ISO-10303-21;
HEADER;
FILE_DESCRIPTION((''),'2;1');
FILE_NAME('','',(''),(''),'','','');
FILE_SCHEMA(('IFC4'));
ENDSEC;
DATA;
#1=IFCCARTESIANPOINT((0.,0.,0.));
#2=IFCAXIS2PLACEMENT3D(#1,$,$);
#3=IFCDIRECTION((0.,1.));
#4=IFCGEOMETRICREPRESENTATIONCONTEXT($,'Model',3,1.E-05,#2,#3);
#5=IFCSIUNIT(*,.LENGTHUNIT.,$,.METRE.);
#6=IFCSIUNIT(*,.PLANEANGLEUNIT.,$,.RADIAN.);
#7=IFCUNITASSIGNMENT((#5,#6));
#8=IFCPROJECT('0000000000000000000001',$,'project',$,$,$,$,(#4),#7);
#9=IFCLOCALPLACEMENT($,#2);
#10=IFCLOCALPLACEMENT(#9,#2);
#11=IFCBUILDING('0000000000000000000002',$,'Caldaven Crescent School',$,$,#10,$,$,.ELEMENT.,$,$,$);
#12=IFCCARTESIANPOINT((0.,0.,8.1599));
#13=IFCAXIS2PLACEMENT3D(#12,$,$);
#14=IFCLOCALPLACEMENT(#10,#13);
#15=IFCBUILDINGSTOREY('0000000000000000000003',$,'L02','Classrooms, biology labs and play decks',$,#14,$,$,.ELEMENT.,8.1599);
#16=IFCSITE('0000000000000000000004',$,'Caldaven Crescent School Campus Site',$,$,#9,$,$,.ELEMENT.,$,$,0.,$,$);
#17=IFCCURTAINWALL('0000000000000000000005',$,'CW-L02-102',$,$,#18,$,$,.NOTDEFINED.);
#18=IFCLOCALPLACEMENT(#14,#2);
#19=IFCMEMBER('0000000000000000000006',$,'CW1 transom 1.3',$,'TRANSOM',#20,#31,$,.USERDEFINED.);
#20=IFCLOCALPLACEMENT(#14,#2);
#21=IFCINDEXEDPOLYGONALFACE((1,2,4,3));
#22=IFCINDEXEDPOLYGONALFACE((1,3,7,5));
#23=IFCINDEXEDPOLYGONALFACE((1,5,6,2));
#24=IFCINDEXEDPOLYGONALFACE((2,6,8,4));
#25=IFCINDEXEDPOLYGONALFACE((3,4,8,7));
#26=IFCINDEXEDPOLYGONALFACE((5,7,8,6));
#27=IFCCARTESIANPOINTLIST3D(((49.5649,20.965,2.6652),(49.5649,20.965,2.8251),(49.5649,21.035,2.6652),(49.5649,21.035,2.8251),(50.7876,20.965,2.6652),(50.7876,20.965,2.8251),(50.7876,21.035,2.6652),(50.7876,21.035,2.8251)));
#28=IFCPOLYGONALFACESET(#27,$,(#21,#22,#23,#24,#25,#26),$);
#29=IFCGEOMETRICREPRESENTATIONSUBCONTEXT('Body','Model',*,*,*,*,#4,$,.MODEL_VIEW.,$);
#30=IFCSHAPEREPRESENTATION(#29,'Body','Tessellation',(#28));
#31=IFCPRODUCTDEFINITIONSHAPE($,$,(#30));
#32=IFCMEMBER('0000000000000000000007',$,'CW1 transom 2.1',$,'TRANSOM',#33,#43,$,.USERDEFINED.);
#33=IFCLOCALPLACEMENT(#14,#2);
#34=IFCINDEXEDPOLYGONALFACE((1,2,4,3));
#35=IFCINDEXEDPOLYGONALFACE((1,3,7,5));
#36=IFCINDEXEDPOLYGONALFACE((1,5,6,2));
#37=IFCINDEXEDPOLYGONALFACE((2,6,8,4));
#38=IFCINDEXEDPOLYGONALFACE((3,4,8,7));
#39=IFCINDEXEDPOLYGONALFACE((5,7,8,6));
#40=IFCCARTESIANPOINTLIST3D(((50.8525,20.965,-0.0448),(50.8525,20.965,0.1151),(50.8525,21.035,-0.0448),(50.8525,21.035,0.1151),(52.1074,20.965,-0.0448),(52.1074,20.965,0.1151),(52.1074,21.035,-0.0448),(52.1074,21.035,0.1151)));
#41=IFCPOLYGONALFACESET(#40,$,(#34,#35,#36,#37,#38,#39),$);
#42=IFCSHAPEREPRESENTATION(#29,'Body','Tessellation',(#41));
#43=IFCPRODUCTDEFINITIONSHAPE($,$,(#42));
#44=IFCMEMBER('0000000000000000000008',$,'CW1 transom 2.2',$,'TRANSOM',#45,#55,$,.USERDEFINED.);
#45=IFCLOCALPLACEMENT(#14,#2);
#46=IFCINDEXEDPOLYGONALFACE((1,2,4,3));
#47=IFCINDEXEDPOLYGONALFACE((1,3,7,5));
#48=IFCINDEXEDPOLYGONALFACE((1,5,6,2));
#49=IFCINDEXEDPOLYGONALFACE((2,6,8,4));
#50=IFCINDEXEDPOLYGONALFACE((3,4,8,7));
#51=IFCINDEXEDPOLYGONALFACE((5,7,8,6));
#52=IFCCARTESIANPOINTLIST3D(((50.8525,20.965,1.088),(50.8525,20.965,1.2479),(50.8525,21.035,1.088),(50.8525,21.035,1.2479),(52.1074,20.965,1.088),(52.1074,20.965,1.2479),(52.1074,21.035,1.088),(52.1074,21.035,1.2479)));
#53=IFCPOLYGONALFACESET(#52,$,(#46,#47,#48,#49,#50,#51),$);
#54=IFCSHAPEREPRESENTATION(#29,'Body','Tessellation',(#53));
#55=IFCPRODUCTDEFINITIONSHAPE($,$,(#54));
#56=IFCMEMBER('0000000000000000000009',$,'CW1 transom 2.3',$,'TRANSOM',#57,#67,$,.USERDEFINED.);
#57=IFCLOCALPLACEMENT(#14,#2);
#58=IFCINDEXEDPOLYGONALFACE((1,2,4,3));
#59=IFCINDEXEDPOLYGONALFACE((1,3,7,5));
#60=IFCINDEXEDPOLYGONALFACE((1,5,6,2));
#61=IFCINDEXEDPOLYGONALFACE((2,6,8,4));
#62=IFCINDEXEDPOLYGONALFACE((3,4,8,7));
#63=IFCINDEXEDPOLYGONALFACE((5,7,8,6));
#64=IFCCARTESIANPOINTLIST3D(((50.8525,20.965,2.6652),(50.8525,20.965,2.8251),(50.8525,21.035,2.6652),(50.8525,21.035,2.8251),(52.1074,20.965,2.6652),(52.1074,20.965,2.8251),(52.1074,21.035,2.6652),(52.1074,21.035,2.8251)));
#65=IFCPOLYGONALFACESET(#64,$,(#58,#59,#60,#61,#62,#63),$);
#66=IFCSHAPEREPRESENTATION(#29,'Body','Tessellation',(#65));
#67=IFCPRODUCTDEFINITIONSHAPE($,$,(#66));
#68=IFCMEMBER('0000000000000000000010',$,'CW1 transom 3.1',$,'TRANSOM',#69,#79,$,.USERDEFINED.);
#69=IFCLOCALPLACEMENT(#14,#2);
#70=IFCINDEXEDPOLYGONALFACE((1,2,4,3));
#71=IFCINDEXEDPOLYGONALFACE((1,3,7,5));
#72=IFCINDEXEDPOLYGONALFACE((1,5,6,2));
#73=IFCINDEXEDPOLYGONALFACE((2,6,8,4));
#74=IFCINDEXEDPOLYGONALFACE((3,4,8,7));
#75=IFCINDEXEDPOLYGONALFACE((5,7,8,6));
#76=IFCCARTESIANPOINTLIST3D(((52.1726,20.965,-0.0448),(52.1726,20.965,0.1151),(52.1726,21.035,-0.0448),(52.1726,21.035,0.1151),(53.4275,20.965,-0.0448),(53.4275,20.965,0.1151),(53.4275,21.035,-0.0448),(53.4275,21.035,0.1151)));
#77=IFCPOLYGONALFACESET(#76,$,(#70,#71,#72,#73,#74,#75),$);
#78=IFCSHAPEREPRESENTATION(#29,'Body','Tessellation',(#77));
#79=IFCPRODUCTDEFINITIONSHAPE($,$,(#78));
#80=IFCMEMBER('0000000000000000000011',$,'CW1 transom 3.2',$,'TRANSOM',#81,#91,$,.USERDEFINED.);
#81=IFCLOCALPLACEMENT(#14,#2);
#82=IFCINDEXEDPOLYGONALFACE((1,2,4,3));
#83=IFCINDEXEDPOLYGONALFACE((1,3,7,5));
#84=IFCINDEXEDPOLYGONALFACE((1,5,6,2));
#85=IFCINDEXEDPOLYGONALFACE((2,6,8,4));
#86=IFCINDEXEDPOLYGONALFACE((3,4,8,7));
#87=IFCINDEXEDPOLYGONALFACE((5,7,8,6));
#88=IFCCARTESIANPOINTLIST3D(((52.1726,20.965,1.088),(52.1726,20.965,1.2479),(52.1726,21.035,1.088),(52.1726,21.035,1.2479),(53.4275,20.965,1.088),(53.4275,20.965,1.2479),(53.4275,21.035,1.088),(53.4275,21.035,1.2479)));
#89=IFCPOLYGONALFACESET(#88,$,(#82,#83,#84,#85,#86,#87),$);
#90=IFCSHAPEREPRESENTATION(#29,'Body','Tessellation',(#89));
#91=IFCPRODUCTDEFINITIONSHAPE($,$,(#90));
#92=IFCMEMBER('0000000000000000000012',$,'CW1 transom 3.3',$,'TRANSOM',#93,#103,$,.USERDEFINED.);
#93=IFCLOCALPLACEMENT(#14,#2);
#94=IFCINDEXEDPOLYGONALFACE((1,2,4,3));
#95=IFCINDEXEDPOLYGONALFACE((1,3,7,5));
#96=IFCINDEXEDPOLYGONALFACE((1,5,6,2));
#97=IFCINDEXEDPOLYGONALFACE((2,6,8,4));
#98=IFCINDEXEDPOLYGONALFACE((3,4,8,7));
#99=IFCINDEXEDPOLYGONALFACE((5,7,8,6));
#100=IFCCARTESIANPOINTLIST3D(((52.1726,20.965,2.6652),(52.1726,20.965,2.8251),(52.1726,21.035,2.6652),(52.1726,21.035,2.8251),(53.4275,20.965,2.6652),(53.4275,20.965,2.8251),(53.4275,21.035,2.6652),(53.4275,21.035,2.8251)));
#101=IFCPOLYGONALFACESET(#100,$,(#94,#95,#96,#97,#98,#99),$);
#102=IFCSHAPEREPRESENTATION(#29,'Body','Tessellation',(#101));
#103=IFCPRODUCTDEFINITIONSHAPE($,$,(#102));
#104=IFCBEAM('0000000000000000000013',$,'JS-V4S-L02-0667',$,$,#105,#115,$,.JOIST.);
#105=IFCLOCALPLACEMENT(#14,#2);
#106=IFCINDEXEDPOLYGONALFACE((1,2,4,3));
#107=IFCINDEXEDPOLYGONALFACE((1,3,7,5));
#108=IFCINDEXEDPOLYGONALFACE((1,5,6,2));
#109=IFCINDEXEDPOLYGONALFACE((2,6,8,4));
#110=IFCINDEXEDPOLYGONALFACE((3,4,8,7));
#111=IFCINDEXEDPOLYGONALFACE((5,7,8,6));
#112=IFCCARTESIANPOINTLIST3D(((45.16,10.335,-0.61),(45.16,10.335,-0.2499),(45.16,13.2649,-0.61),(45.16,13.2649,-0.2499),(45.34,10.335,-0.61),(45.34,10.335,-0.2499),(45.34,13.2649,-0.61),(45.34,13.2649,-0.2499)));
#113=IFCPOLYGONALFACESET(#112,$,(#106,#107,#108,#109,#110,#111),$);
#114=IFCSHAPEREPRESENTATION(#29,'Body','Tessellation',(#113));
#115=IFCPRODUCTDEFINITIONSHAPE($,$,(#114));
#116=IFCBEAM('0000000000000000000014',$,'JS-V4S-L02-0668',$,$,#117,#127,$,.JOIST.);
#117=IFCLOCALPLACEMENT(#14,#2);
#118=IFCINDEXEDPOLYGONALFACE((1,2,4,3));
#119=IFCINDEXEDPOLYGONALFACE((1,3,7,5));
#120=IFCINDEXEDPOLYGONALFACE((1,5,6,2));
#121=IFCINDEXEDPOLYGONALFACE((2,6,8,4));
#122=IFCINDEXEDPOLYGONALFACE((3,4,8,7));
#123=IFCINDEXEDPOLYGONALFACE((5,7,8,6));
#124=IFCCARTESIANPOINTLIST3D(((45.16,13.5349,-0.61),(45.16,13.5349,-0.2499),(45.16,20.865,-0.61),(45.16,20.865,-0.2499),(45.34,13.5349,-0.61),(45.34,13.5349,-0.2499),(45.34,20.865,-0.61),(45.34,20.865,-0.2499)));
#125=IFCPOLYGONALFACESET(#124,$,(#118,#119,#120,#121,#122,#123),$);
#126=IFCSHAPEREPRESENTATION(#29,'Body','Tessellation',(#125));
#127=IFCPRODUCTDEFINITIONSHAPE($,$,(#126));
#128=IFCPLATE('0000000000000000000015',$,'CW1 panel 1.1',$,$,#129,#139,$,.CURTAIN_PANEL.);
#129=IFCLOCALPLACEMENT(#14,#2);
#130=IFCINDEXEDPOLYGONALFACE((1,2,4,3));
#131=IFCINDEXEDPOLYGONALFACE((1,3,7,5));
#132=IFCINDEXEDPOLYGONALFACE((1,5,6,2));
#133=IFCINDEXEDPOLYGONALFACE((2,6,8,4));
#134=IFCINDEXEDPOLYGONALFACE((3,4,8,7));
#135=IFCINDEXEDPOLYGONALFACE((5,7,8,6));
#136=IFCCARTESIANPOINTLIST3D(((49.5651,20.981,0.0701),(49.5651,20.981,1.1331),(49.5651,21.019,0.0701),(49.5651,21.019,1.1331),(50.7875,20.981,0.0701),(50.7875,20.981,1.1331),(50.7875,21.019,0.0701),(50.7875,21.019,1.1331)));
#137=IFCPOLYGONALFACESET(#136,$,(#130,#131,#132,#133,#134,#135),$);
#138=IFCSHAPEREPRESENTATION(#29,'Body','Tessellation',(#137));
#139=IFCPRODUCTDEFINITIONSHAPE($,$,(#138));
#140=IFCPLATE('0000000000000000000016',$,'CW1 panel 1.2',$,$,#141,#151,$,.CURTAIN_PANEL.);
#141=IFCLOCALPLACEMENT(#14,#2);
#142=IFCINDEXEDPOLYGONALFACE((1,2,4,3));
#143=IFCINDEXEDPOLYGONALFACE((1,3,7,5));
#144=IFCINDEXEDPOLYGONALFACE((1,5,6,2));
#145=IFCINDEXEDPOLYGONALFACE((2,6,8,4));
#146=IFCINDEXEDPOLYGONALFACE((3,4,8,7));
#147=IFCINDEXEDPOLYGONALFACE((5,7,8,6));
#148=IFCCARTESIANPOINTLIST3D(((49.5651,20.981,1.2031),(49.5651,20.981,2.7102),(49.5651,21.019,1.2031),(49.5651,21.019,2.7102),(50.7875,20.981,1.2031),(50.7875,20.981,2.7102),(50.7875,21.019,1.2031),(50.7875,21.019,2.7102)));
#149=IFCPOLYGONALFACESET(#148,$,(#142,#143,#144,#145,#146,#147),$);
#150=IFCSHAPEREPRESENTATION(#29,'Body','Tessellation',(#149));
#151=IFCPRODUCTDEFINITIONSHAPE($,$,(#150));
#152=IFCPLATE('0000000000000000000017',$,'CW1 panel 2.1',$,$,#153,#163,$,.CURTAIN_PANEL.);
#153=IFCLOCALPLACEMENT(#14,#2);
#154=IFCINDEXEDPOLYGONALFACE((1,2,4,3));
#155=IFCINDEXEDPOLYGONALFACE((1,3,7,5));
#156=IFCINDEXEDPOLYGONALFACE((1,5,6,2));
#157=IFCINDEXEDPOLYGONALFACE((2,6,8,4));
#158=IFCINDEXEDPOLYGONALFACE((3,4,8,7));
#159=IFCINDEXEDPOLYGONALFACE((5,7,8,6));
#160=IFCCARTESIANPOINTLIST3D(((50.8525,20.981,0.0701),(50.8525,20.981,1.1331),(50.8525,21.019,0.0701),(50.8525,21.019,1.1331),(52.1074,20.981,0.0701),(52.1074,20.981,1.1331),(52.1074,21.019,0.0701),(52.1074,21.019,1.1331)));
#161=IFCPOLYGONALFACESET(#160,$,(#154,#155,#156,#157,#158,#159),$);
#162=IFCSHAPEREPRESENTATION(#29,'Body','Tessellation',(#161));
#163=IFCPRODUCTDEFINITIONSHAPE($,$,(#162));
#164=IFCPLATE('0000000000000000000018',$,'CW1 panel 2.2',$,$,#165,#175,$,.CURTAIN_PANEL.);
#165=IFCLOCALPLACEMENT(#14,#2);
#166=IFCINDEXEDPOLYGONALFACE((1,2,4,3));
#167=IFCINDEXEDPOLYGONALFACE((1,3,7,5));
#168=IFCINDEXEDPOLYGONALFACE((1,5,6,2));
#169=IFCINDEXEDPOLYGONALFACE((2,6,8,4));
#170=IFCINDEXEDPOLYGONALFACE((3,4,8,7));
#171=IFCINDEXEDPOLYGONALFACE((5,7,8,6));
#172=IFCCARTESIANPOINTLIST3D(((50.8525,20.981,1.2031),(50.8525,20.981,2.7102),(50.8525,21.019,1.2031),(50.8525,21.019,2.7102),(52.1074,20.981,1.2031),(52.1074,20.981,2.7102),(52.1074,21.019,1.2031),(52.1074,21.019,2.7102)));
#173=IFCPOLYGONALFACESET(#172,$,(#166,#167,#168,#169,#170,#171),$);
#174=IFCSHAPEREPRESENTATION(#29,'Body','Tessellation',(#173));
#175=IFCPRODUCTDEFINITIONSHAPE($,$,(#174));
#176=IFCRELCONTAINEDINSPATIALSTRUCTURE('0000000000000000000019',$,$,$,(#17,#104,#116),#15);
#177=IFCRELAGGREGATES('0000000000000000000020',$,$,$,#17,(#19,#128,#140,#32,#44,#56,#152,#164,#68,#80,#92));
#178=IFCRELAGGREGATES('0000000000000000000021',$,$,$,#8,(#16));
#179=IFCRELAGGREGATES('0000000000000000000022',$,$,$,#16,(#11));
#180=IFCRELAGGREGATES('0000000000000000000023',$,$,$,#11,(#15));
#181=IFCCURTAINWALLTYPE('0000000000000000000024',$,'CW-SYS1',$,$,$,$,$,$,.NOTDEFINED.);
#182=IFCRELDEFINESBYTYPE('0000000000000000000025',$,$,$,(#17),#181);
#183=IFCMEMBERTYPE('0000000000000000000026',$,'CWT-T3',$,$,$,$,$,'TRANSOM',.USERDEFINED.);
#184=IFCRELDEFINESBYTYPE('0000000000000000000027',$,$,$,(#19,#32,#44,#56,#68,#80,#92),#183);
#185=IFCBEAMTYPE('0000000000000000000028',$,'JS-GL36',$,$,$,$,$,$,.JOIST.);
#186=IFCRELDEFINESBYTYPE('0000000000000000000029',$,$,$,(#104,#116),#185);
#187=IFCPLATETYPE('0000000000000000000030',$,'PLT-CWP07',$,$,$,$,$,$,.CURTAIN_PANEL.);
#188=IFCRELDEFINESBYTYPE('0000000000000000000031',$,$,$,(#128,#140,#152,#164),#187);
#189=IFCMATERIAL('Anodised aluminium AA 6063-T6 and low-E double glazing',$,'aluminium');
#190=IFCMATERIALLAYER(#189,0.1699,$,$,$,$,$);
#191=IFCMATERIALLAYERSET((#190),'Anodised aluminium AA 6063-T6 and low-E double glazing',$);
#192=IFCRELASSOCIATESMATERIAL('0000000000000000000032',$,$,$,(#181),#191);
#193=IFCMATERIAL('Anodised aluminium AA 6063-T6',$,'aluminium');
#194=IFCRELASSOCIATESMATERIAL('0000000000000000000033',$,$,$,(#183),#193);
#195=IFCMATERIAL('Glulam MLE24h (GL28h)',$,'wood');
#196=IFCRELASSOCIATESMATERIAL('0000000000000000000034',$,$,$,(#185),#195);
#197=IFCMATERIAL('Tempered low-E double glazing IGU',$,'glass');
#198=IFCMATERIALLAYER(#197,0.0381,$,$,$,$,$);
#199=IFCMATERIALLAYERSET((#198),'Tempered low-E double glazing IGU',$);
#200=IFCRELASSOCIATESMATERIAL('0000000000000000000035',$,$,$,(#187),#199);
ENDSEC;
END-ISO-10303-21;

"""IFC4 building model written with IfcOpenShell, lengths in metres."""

from ifc_helpers import new_model, si_unit, direction, frame, origin, origin_2d, place, context, subcontext, project, spatial, rectangle, extrude, material, layer, layer_set, material_profile, profile_set, type_object, element, aggregate, save


model = new_model("IFC4")

# Units and contexts
model_context = context("Model", 3, precision=1e-05, world=origin(), true_north=direction((0.0, 1.0)))
body_context = subcontext(model_context, "Body", "Model", "MODEL_VIEW")
ifc_project = project(units=[si_unit("LENGTHUNIT", "METRE"), si_unit("PLANEANGLEUNIT", "RADIAN")], contexts=[model_context])

# Site, building, storey
site_placement = place(None, origin())
site = spatial("IfcSite", under=ifc_project, at=site_placement, Name="Caldaven Crescent School Campus Site", CompositionType="ELEMENT", RefElevation=0.0)
building_placement = place(site_placement, origin())
building = spatial("IfcBuilding", under=site, at=building_placement, Name="Caldaven Crescent School", CompositionType="ELEMENT")
storey_placement = place(building_placement, frame((0.0, 0.0, 8.1599)))
storey = spatial("IfcBuildingStorey", under=building, at=storey_placement, Name="L02", Description="Classrooms, biology labs and play decks", CompositionType="ELEMENT", Elevation=8.1599)

# Shared definitions
ifc_material_1 = material(Name="Glulam MLE24h (GL28h)", Category="wood")

# Curtain wall, members
ifc_material_2 = material(Name="Anodised aluminium AA 6063-T6 and low-E double glazing", Category="aluminium")
ifc_layer_1 = layer(ifc_material_2, 0.1699)
ifc_layer_set_1 = layer_set([ifc_layer_1], Name="Anodised aluminium AA 6063-T6 and low-E double glazing")
curtain_wall_type = type_object("IfcCurtainWallType", Name="CW-SYS1", PredefinedType="NOTDEFINED", material=ifc_layer_set_1)
curtain_wall_placement = place(storey_placement, origin())
curtain_wall = element("IfcCurtainWall", 1, at=curtain_wall_placement, inside=storey, type_object=curtain_wall_type, Name="CW-L02-102", PredefinedType="NOTDEFINED")
ifc_material_3 = material(Name="Anodised aluminium AA 6063-T6", Category="aluminium")
ifc_material_profile_1 = material_profile(ifc_material_3, rectangle(XDim=0.0701, YDim=0.1599, at=origin_2d()), Name="CWT 70x160")
ifc_profile_set_1 = profile_set([ifc_material_profile_1], Name="Anodised aluminium AA 6063-T6")
member_type_1 = type_object("IfcMemberType", Name="CWT-T3", ElementType="TRANSOM", PredefinedType="USERDEFINED", material=ifc_profile_set_1)
member_1_placement = place(storey_placement, frame((49.5649, 21.0, 2.7451), z_axis=(1.0, 0.0, 0.0), x_axis=(0.0, 1.0, 0.0)))
member_1 = element("IfcMember", 2, at=member_1_placement, type_object=member_type_1, Name="CW1 transom 1.3", ObjectType="TRANSOM", PredefinedType="USERDEFINED", context=body_context, shape_type="SweptSolid", body=[
    extrude(rectangle(XDim=0.0701, YDim=0.1599, at=origin_2d()), origin(), (0.0, 0.0, 1.0), 1.2227),
])
member_2_placement = place(storey_placement, frame((50.8525, 21.0, 0.0352), z_axis=(1.0, 0.0, 0.0), x_axis=(0.0, 1.0, 0.0)))
member_2 = element("IfcMember", 3, at=member_2_placement, type_object=member_type_1, Name="CW1 transom 2.1", ObjectType="TRANSOM", PredefinedType="USERDEFINED", context=body_context, shape_type="SweptSolid", body=[
    extrude(rectangle(XDim=0.0701, YDim=0.1599, at=origin_2d()), origin(), (0.0, 0.0, 1.0), 1.2549),
])
member_3_placement = place(storey_placement, frame((50.8525, 21.0, 1.168), z_axis=(1.0, 0.0, 0.0), x_axis=(0.0, 1.0, 0.0)))
member_3 = element("IfcMember", 4, at=member_3_placement, type_object=member_type_1, Name="CW1 transom 2.2", ObjectType="TRANSOM", PredefinedType="USERDEFINED", context=body_context, shape_type="SweptSolid", body=[
    extrude(rectangle(XDim=0.0701, YDim=0.1599, at=origin_2d()), origin(), (0.0, 0.0, 1.0), 1.2549),
])
member_4_placement = place(storey_placement, frame((50.8525, 21.0, 2.7451), z_axis=(1.0, 0.0, 0.0), x_axis=(0.0, 1.0, 0.0)))
member_4 = element("IfcMember", 5, at=member_4_placement, type_object=member_type_1, Name="CW1 transom 2.3", ObjectType="TRANSOM", PredefinedType="USERDEFINED", context=body_context, shape_type="SweptSolid", body=[
    extrude(rectangle(XDim=0.0701, YDim=0.1599, at=origin_2d()), origin(), (0.0, 0.0, 1.0), 1.2549),
])
member_5_placement = place(storey_placement, frame((52.1726, 21.0, 0.0352), z_axis=(1.0, 0.0, 0.0), x_axis=(0.0, 1.0, 0.0)))
member_5 = element("IfcMember", 6, at=member_5_placement, type_object=member_type_1, Name="CW1 transom 3.1", ObjectType="TRANSOM", PredefinedType="USERDEFINED", context=body_context, shape_type="SweptSolid", body=[
    extrude(rectangle(XDim=0.0701, YDim=0.1599, at=origin_2d()), origin(), (0.0, 0.0, 1.0), 1.2549),
])
member_6_placement = place(storey_placement, frame((52.1726, 21.0, 1.168), z_axis=(1.0, 0.0, 0.0), x_axis=(0.0, 1.0, 0.0)))
member_6 = element("IfcMember", 7, at=member_6_placement, type_object=member_type_1, Name="CW1 transom 3.2", ObjectType="TRANSOM", PredefinedType="USERDEFINED", context=body_context, shape_type="SweptSolid", body=[
    extrude(rectangle(XDim=0.0701, YDim=0.1599, at=origin_2d()), origin(), (0.0, 0.0, 1.0), 1.2549),
])
member_7_placement = place(storey_placement, frame((52.1726, 21.0, 2.7451), z_axis=(1.0, 0.0, 0.0), x_axis=(0.0, 1.0, 0.0)))
member_7 = element("IfcMember", 8, at=member_7_placement, type_object=member_type_1, Name="CW1 transom 3.3", ObjectType="TRANSOM", PredefinedType="USERDEFINED", context=body_context, shape_type="SweptSolid", body=[
    extrude(rectangle(XDim=0.0701, YDim=0.1599, at=origin_2d()), origin(), (0.0, 0.0, 1.0), 1.2549),
])

# Beams
ifc_material_profile_2 = material_profile(ifc_material_1, rectangle(XDim=0.1799, YDim=0.3601, at=origin_2d()), Name="MLE 180x360")
ifc_profile_set_2 = profile_set([ifc_material_profile_2], Name="Glulam MLE24h (GL28h)")
beam_type_1 = type_object("IfcBeamType", Name="JS-GL36", PredefinedType="JOIST", material=ifc_profile_set_2)
beam_1_placement = place(storey_placement, frame((45.25, 10.335, -0.4299), z_axis=(0.0, 1.0, 0.0), x_axis=(-1.0, 0.0, 0.0)))
element("IfcBeam", 9, at=beam_1_placement, inside=storey, type_object=beam_type_1, Name="JS-V4S-L02-0667", PredefinedType="JOIST", context=body_context, shape_type="SweptSolid", body=[
    extrude(rectangle(XDim=0.1799, YDim=0.3601, at=origin_2d()), origin(), (0.0, 0.0, 1.0), 2.9299),
])
beam_2_placement = place(storey_placement, frame((45.25, 13.5349, -0.4299), z_axis=(0.0, 1.0, 0.0), x_axis=(-1.0, 0.0, 0.0)))
element("IfcBeam", 10, at=beam_2_placement, inside=storey, type_object=beam_type_1, Name="JS-V4S-L02-0668", PredefinedType="JOIST", context=body_context, shape_type="SweptSolid", body=[
    extrude(rectangle(XDim=0.1799, YDim=0.3601, at=origin_2d()), origin(), (0.0, 0.0, 1.0), 7.3301),
])

# Plates
ifc_material_4 = material(Name="Tempered low-E double glazing IGU", Category="glass")
ifc_layer_2 = layer(ifc_material_4, 0.0381)
ifc_layer_set_2 = layer_set([ifc_layer_2], Name="Tempered low-E double glazing IGU")
plate_type = type_object("IfcPlateType", Name="PLT-CWP07", PredefinedType="CURTAIN_PANEL", material=ifc_layer_set_2)
plate_1_placement = place(storey_placement, frame((50.1763, 21.0, 0.0701), z_axis=(0.0, 0.0, 1.0), x_axis=(1.0, 0.0, 0.0)))
plate_1 = element("IfcPlate", 11, at=plate_1_placement, type_object=plate_type, Name="CW1 panel 1.1", PredefinedType="CURTAIN_PANEL", context=body_context, shape_type="SweptSolid", body=[
    extrude(rectangle(XDim=1.2224, YDim=0.0381, at=origin_2d()), origin(), (0.0, 0.0, 1.0), 1.063),
])
plate_2_placement = place(storey_placement, frame((50.1763, 21.0, 1.2031), z_axis=(0.0, 0.0, 1.0), x_axis=(1.0, 0.0, 0.0)))
plate_2 = element("IfcPlate", 12, at=plate_2_placement, type_object=plate_type, Name="CW1 panel 1.2", PredefinedType="CURTAIN_PANEL", context=body_context, shape_type="SweptSolid", body=[
    extrude(rectangle(XDim=1.2224, YDim=0.0381, at=origin_2d()), origin(), (0.0, 0.0, 1.0), 1.5071),
])
plate_3_placement = place(storey_placement, frame((51.48, 21.0, 0.0701), z_axis=(0.0, 0.0, 1.0), x_axis=(1.0, 0.0, 0.0)))
plate_3 = element("IfcPlate", 13, at=plate_3_placement, type_object=plate_type, Name="CW1 panel 2.1", PredefinedType="CURTAIN_PANEL", context=body_context, shape_type="SweptSolid", body=[
    extrude(rectangle(XDim=1.2549, YDim=0.0381, at=origin_2d()), origin(), (0.0, 0.0, 1.0), 1.063),
])
plate_4_placement = place(storey_placement, frame((51.48, 21.0, 1.2031), z_axis=(0.0, 0.0, 1.0), x_axis=(1.0, 0.0, 0.0)))
plate_4 = element("IfcPlate", 14, at=plate_4_placement, type_object=plate_type, Name="CW1 panel 2.2", PredefinedType="CURTAIN_PANEL", context=body_context, shape_type="SweptSolid", body=[
    extrude(rectangle(XDim=1.2549, YDim=0.0381, at=origin_2d()), origin(), (0.0, 0.0, 1.0), 1.5071),
])
aggregate(curtain_wall, [member_1, plate_1, plate_2, member_2, member_3, member_4, plate_3, plate_4, member_5, member_6, member_7])

save(model, "model.ifc")
